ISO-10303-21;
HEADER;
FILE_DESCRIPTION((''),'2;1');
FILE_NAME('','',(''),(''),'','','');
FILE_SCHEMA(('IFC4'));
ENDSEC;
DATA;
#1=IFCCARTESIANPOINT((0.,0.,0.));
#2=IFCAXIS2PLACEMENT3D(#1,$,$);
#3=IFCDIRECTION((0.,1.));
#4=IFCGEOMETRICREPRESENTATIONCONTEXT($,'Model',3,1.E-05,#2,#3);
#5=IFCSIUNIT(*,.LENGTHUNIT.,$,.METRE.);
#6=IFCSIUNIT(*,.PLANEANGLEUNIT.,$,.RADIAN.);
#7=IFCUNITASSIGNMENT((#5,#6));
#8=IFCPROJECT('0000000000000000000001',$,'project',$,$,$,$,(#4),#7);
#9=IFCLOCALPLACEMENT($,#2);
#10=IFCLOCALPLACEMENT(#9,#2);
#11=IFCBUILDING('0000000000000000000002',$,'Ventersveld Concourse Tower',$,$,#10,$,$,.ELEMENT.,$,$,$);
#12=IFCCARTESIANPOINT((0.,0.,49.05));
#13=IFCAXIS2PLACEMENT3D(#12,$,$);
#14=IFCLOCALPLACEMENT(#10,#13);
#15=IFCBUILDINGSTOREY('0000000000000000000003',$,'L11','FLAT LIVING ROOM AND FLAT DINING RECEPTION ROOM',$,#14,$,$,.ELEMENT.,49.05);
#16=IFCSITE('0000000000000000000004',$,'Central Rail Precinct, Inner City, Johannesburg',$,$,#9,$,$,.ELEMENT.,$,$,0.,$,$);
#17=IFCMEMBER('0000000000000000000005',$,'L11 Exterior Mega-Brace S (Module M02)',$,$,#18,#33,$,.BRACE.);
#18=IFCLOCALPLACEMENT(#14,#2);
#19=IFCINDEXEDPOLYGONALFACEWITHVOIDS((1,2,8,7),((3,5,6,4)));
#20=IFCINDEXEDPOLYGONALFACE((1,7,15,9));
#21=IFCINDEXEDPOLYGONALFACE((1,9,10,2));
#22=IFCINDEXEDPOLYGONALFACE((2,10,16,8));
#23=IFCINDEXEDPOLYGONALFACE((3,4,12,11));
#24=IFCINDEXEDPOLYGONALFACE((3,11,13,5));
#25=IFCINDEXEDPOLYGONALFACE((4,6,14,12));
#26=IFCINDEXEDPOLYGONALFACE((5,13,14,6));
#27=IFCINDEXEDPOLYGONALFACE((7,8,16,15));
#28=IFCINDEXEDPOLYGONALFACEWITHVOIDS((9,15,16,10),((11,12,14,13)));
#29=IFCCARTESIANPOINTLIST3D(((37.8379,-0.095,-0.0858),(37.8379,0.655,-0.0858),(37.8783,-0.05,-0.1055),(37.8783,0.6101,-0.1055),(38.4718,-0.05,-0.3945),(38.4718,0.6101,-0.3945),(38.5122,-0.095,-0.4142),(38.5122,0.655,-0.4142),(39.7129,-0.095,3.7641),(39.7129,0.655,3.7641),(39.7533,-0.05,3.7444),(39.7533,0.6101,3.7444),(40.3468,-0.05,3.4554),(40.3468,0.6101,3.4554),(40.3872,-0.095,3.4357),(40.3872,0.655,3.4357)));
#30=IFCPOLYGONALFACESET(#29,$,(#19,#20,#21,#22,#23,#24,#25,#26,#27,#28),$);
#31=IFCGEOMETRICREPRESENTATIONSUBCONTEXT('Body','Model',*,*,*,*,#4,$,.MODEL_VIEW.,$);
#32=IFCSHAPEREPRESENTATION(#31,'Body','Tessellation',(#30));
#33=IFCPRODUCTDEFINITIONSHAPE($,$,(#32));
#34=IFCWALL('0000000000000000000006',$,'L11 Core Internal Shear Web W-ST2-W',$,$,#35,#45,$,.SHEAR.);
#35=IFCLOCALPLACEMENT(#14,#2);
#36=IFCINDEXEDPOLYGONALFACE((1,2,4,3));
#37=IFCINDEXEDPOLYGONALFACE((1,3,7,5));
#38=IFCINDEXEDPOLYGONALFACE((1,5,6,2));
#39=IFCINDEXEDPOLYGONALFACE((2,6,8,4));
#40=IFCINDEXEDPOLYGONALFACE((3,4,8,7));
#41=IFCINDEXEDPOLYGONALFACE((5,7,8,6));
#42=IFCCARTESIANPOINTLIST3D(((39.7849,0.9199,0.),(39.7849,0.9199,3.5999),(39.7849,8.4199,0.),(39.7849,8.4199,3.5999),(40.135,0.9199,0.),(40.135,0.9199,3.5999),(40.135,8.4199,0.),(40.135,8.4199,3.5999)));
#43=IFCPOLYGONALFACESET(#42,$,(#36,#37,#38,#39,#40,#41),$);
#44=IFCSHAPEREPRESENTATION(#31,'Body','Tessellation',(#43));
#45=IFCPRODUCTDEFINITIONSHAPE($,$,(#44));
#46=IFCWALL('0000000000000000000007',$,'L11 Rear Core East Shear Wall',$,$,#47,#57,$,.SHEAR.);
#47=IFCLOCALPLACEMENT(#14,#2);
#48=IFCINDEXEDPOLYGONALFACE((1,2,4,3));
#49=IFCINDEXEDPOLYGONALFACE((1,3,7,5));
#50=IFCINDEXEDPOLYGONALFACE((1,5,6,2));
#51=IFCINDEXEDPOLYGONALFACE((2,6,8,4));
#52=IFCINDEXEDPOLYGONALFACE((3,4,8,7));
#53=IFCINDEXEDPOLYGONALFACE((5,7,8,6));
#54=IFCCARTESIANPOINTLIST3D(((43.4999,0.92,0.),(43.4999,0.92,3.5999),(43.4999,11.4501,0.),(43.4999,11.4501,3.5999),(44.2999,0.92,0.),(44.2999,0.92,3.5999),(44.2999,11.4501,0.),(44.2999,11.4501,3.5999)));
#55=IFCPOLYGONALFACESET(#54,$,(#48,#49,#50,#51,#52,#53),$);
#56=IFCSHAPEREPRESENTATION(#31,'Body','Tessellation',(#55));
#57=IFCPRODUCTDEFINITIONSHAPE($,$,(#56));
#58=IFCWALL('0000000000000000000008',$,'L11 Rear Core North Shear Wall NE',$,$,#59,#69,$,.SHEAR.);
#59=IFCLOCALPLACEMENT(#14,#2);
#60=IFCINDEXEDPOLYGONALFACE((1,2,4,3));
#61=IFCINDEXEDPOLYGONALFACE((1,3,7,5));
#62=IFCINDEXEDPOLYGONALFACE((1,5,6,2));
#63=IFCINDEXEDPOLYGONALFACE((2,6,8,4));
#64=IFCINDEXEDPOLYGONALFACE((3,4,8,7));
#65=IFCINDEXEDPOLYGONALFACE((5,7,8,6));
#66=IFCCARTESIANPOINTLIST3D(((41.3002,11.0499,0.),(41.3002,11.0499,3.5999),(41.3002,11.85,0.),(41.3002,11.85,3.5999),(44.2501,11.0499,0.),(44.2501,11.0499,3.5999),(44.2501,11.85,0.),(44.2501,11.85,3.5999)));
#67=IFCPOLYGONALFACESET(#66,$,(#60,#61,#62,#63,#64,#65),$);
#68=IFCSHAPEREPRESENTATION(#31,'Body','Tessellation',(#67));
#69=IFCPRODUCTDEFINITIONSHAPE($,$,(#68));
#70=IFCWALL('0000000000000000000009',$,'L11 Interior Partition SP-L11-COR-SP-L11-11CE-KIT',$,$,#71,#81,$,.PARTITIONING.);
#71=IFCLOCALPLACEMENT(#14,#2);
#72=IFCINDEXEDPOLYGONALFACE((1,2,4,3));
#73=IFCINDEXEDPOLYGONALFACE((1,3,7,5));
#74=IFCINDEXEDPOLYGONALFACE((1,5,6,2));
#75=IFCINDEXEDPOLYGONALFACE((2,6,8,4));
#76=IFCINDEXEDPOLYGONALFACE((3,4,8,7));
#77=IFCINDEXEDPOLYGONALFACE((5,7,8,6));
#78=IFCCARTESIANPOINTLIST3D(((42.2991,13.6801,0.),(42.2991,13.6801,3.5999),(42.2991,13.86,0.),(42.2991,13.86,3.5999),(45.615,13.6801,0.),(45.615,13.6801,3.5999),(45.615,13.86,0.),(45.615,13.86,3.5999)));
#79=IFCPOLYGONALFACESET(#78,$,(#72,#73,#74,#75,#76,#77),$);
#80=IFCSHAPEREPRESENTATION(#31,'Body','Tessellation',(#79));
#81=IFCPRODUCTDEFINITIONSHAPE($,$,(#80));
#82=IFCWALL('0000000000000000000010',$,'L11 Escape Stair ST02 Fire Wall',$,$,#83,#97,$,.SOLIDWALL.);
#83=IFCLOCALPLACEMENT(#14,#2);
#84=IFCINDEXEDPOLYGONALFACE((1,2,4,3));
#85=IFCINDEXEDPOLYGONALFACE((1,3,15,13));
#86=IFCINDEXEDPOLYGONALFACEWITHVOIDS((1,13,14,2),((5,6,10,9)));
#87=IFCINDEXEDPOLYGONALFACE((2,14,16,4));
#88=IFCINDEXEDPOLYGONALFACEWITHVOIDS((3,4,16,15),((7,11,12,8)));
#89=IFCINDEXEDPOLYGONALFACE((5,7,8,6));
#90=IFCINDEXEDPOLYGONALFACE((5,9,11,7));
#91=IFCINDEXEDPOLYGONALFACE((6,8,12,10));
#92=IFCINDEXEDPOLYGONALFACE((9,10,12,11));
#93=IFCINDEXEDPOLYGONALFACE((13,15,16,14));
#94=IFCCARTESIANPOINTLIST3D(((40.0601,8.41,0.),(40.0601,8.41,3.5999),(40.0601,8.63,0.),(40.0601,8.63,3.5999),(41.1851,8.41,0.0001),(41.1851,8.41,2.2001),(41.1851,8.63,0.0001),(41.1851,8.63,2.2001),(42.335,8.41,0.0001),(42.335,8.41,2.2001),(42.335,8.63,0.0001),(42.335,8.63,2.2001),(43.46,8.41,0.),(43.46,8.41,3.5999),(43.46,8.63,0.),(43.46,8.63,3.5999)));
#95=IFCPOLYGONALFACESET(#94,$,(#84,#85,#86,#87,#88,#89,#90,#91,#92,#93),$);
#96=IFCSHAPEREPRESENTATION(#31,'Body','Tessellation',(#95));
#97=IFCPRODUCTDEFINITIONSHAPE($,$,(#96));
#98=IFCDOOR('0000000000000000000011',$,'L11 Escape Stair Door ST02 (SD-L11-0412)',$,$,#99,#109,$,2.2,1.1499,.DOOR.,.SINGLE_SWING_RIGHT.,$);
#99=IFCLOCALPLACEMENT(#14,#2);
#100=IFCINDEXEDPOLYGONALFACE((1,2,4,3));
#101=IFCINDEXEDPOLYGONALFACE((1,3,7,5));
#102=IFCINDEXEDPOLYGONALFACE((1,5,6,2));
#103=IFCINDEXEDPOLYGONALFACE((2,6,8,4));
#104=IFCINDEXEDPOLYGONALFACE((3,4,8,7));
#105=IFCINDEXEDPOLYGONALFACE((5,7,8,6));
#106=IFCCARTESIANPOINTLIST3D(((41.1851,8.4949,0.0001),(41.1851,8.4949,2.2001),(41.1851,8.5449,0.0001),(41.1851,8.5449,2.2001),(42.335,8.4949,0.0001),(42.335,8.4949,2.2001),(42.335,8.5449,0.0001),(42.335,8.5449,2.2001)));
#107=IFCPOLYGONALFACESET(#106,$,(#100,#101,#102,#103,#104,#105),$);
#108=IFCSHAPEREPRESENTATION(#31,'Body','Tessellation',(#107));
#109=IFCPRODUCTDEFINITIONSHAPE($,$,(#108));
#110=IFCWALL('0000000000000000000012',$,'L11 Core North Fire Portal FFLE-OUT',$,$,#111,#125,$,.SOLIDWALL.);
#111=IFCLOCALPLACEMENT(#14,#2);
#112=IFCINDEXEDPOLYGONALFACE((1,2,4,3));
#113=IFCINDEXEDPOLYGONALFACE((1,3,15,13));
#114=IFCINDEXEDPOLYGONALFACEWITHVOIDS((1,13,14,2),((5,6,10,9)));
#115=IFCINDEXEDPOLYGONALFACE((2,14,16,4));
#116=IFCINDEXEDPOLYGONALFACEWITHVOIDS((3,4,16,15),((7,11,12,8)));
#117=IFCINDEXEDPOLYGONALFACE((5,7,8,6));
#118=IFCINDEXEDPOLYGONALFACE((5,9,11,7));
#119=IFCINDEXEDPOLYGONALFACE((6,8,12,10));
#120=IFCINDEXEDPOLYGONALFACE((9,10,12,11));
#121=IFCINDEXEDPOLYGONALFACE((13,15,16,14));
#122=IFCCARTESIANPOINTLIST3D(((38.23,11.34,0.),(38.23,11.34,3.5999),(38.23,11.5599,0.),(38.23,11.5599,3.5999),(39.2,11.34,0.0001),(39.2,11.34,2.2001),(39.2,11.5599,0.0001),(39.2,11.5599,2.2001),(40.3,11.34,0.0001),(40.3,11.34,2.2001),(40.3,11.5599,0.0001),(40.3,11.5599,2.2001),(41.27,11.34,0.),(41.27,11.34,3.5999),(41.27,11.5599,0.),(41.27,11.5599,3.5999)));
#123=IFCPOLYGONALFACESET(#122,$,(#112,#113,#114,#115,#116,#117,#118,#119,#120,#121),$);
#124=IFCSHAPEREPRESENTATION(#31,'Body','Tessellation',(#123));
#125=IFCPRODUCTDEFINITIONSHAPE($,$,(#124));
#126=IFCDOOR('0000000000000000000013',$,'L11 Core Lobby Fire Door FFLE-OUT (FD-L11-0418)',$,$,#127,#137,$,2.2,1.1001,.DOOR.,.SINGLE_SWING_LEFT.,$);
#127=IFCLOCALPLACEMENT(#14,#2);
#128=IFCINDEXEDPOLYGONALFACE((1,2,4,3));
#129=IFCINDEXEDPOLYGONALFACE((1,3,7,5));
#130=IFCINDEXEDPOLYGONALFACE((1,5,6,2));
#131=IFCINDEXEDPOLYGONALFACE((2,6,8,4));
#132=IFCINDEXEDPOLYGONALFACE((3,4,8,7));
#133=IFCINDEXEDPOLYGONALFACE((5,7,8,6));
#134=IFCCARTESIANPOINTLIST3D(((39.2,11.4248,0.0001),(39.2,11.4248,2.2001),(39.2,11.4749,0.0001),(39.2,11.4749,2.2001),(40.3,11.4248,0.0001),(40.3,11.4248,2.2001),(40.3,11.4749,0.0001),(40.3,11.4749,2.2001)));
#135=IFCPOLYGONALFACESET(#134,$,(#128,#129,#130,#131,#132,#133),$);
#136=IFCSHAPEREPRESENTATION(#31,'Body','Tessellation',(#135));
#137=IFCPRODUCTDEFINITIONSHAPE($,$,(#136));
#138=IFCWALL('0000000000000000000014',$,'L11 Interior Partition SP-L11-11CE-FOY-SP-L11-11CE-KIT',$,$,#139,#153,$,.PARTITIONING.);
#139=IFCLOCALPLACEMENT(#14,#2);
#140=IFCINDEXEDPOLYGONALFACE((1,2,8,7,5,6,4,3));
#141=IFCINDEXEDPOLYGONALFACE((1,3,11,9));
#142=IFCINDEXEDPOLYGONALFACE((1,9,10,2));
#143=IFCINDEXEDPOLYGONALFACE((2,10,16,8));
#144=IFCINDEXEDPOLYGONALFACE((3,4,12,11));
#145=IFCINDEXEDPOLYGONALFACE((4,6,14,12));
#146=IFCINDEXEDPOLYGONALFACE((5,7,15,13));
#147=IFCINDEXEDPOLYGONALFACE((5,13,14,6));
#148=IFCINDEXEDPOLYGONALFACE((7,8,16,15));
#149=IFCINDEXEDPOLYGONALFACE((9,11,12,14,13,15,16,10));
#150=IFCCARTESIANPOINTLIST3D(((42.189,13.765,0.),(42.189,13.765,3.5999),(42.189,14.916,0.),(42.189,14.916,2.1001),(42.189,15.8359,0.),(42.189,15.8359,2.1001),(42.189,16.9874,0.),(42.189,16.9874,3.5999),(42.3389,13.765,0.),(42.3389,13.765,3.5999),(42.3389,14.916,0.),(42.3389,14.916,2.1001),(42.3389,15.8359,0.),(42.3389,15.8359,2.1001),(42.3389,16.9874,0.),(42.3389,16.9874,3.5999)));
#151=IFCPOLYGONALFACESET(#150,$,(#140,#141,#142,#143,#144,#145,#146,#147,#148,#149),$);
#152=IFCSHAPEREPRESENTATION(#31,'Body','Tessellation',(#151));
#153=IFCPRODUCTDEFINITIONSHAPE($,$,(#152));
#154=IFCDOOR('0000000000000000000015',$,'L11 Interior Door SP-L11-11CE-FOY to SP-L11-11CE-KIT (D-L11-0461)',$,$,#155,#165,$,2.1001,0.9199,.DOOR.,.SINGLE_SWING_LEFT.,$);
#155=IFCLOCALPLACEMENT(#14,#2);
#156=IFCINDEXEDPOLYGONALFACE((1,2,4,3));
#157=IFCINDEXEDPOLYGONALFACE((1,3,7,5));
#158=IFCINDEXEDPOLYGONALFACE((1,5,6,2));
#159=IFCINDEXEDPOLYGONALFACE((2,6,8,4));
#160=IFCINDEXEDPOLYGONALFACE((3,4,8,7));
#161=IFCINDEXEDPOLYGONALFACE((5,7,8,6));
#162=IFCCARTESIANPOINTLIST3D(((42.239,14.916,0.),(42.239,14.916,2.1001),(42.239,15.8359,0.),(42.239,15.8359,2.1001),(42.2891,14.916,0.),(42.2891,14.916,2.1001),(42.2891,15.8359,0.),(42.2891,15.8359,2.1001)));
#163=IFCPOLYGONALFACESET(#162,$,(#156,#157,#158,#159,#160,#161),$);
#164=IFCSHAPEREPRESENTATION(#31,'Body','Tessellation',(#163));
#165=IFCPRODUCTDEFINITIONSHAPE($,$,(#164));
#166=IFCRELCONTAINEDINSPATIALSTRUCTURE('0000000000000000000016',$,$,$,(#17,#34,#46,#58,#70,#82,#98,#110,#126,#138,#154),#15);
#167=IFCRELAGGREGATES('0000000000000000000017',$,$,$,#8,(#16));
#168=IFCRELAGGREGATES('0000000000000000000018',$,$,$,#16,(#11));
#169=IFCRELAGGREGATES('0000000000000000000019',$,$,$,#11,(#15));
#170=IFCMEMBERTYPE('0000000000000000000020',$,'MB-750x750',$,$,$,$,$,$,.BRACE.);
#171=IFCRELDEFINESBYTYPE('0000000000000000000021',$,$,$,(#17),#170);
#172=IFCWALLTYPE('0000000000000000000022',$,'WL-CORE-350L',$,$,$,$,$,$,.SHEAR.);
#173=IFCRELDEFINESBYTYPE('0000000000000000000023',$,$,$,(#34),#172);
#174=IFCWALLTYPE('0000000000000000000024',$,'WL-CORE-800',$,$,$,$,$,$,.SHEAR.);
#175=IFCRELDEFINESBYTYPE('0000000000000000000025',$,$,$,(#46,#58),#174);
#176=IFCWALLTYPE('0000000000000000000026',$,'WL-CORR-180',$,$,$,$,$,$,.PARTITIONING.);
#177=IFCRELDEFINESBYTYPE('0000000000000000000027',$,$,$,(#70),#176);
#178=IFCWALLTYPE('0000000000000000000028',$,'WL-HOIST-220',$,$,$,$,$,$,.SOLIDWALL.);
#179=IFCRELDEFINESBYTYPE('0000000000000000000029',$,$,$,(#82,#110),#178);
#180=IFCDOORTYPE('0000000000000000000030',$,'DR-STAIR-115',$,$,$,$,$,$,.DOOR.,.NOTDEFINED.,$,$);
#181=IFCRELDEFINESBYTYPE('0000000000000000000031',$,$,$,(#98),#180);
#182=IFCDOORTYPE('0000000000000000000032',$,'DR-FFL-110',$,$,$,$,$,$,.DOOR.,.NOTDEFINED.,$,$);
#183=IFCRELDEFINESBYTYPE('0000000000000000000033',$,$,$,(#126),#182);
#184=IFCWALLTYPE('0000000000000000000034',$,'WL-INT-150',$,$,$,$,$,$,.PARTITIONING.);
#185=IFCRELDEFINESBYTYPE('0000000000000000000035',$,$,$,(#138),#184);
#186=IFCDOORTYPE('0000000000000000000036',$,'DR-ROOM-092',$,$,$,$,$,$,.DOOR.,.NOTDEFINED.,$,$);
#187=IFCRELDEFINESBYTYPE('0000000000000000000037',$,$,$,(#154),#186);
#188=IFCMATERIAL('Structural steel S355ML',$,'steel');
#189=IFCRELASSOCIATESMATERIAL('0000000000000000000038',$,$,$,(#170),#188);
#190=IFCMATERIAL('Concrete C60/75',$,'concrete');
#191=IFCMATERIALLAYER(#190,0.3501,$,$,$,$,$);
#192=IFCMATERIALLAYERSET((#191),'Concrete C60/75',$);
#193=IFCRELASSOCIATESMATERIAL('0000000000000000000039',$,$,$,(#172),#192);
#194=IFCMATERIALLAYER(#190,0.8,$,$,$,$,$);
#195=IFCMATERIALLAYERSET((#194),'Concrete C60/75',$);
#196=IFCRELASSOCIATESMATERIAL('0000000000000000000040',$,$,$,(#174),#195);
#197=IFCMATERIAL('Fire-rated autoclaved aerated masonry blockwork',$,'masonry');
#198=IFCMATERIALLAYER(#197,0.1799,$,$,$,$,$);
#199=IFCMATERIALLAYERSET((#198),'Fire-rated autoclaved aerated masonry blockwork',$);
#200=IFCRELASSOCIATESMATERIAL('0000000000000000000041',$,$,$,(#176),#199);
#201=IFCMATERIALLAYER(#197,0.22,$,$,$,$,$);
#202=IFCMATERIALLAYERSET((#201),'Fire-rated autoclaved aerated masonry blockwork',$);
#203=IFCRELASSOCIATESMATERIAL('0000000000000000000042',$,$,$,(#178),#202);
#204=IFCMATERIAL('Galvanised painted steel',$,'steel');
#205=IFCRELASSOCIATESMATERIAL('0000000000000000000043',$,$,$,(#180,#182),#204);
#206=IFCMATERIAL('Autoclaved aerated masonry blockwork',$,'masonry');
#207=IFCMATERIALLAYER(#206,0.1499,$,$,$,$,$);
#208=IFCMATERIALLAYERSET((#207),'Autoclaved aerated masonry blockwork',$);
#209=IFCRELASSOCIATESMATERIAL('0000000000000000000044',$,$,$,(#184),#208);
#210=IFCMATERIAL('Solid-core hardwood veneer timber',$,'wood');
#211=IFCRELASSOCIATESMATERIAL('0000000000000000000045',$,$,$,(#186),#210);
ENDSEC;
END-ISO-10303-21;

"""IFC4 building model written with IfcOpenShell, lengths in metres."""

from ifc_helpers import new_model, si_unit, direction, frame, frame_2d, origin, origin_2d, place, context, subcontext, project, spatial, rectangle, hollow_rectangle, extrude, material, layer, layer_set, material_profile, profile_set, type_object, element, fill, save


model = new_model("IFC4")

# Units and contexts
model_context = context("Model", 3, precision=1e-05, world=origin(), true_north=direction((0.0, 1.0)))
body_context = subcontext(model_context, "Body", "Model", "MODEL_VIEW")
ifc_project = project(units=[si_unit("LENGTHUNIT", "METRE"), si_unit("PLANEANGLEUNIT", "RADIAN")], contexts=[model_context])

# Site, building, storey
site_placement = place(None, origin())
site = spatial("IfcSite", under=ifc_project, at=site_placement, Name="Central Rail Precinct, Inner City, Johannesburg", CompositionType="ELEMENT", RefElevation=0.0)
building_placement = place(site_placement, origin())
building = spatial("IfcBuilding", under=site, at=building_placement, Name="Ventersveld Concourse Tower", CompositionType="ELEMENT")
storey_placement = place(building_placement, frame((0.0, 0.0, 49.05)))
storey = spatial("IfcBuildingStorey", under=building, at=storey_placement, Name="L11", Description="FLAT LIVING ROOM AND FLAT DINING RECEPTION ROOM", CompositionType="ELEMENT", Elevation=49.05)

# Shared definitions
ifc_material_1 = material(Name="Concrete C60/75", Category="concrete")

# Member
ifc_material_2 = material(Name="Structural steel S355ML", Category="steel")
ifc_material_profile_1 = material_profile(ifc_material_2, hollow_rectangle(XDim=0.75, YDim=0.75, WallThickness=0.0449, at=origin_2d()), Name="BOX 750x750x45")
ifc_profile_set_1 = profile_set([ifc_material_profile_1], Name="Structural steel S355ML")
member_type = type_object("IfcMemberType", Name="MB-750x750", PredefinedType="BRACE", material=ifc_profile_set_1)
member_placement = place(storey_placement, frame((38.175, 0.28, -0.25), z_axis=(0.437862, 0.0, 0.899042), x_axis=(0.0, 1.0, 0.0)))
element("IfcMember", 1, at=member_placement, inside=storey, type_object=member_type, Name="L11 Exterior Mega-Brace S (Module M02)", PredefinedType="BRACE", context=body_context, shape_type="SweptSolid", body=[
    extrude(hollow_rectangle(XDim=0.75, YDim=0.75, WallThickness=0.0449, at=origin_2d()), origin(), (0.0, 0.0, 1.0), 4.2822),
])

# Walls
ifc_layer_1 = layer(ifc_material_1, 0.3501)
ifc_layer_set_1 = layer_set([ifc_layer_1], Name="Concrete C60/75")
wall_type_1 = type_object("IfcWallType", Name="WL-CORE-350L", PredefinedType="SHEAR", material=ifc_layer_set_1)
wall_1_placement = place(storey_placement, frame((39.96, 0.9199, 0.0), z_axis=(0.0, 0.0, 1.0), x_axis=(0.0, 1.0, 0.0)))
element("IfcWall", 2, at=wall_1_placement, inside=storey, type_object=wall_type_1, Name="L11 Core Internal Shear Web W-ST2-W", PredefinedType="SHEAR", context=body_context, shape_type="SweptSolid", body=[
    extrude(rectangle(XDim=7.5, YDim=0.3501, at=frame_2d((3.75, 0.0))), origin(), (0.0, 0.0, 1.0), 3.5999),
])
ifc_layer_2 = layer(ifc_material_1, 0.8)
ifc_layer_set_2 = layer_set([ifc_layer_2], Name="Concrete C60/75")
wall_type_2 = type_object("IfcWallType", Name="WL-CORE-800", PredefinedType="SHEAR", material=ifc_layer_set_2)
wall_2_placement = place(storey_placement, frame((43.8999, 0.9199, 0.0), z_axis=(0.0, 0.0, 1.0), x_axis=(0.0, 1.0, 0.0)))
element("IfcWall", 3, at=wall_2_placement, inside=storey, type_object=wall_type_2, Name="L11 Rear Core East Shear Wall", PredefinedType="SHEAR", context=body_context, shape_type="SweptSolid", body=[
    extrude(rectangle(XDim=10.53, YDim=0.8, at=frame_2d((5.2651, 0.0))), origin(), (0.0, 0.0, 1.0), 3.5999),
])
wall_3_placement = place(storey_placement, frame((41.3, 11.45, 0.0), z_axis=(0.0, 0.0, 1.0), x_axis=(1.0, 0.0, 0.0)))
element("IfcWall", 4, at=wall_3_placement, inside=storey, type_object=wall_type_2, Name="L11 Rear Core North Shear Wall NE", PredefinedType="SHEAR", context=body_context, shape_type="SweptSolid", body=[
    extrude(rectangle(XDim=2.95, YDim=0.8, at=frame_2d((1.4751, 0.0))), origin(), (0.0, 0.0, 1.0), 3.5999),
])
ifc_material_3 = material(Name="Fire-rated autoclaved aerated masonry blockwork", Category="masonry")
ifc_layer_3 = layer(ifc_material_3, 0.1799)
ifc_layer_set_3 = layer_set([ifc_layer_3], Name="Fire-rated autoclaved aerated masonry blockwork")
wall_type_3 = type_object("IfcWallType", Name="WL-CORR-180", PredefinedType="PARTITIONING", material=ifc_layer_set_3)
wall_4_placement = place(storey_placement, frame((42.2991, 13.77, 0.0), z_axis=(0.0, 0.0, 1.0), x_axis=(1.0, 0.0, 0.0)))
element("IfcWall", 5, at=wall_4_placement, inside=storey, type_object=wall_type_3, Name="L11 Interior Partition SP-L11-COR-SP-L11-11CE-KIT", PredefinedType="PARTITIONING", context=body_context, shape_type="SweptSolid", body=[
    extrude(rectangle(XDim=3.3159, YDim=0.1799, at=frame_2d((1.658, 0.0))), origin(), (0.0, 0.0, 1.0), 3.5999),
])

# Walls, openings, doors
ifc_layer_4 = layer(ifc_material_3, 0.22)
ifc_layer_set_4 = layer_set([ifc_layer_4], Name="Fire-rated autoclaved aerated masonry blockwork")
wall_type_4 = type_object("IfcWallType", Name="WL-HOIST-220", PredefinedType="SOLIDWALL", material=ifc_layer_set_4)
wall_5_placement = place(storey_placement, frame((40.0601, 8.52, 0.0), z_axis=(0.0, 0.0, 1.0), x_axis=(1.0, 0.0, 0.0)))
wall_5 = element("IfcWall", 6, at=wall_5_placement, inside=storey, type_object=wall_type_4, Name="L11 Escape Stair ST02 Fire Wall", PredefinedType="SOLIDWALL", context=body_context, shape_type="SweptSolid", body=[
    extrude(rectangle(XDim=3.3999, YDim=0.22, at=frame_2d((1.7, 0.0))), origin(), (0.0, 0.0, 1.0), 3.5999),
])
opening_1_placement = place(wall_5_placement, frame((1.125, 0.0, 0.0)))
opening_1 = element("IfcOpeningElement", 7, at=opening_1_placement, cuts=wall_5, PredefinedType="OPENING", context=body_context, shape_type="SweptSolid", body=[
    extrude(rectangle(XDim=1.1499, YDim=2.2, at=frame_2d((0.575, 1.1001))), frame((0.0, 0.1201, 0.0), z_axis=(0.0, -1.0, 0.0), x_axis=(1.0, 0.0, 0.0)), (0.0, 0.0, 1.0), 0.24),
])
ifc_material_4 = material(Name="Galvanised painted steel", Category="steel")
door_type_1 = type_object("IfcDoorType", Name="DR-STAIR-115", OperationType="NOTDEFINED", PredefinedType="DOOR", material=ifc_material_4)
door_1_placement = place(opening_1_placement, origin())
door_1 = element("IfcDoor", 8, at=door_1_placement, inside=storey, type_object=door_type_1, Name="L11 Escape Stair Door ST02 (SD-L11-0412)", OperationType="SINGLE_SWING_RIGHT", OverallHeight=2.2, OverallWidth=1.1499, PredefinedType="DOOR", context=body_context, shape_type="SweptSolid", body=[
    extrude(rectangle(XDim=1.1499, YDim=2.2, at=frame_2d((0.575, 1.1001))), frame((0.0, 0.0249, 0.0), z_axis=(0.0, -1.0, 0.0), x_axis=(1.0, 0.0, 0.0)), (0.0, 0.0, 1.0), 0.05),
])
fill(opening_1, door_1)
wall_6_placement = place(storey_placement, frame((38.23, 11.45, 0.0), z_axis=(0.0, 0.0, 1.0), x_axis=(1.0, 0.0, 0.0)))
wall_6 = element("IfcWall", 9, at=wall_6_placement, inside=storey, type_object=wall_type_4, Name="L11 Core North Fire Portal FFLE-OUT", PredefinedType="SOLIDWALL", context=body_context, shape_type="SweptSolid", body=[
    extrude(rectangle(XDim=3.04, YDim=0.22, at=frame_2d((1.52, 0.0))), origin(), (0.0, 0.0, 1.0), 3.5999),
])
opening_2_placement = place(wall_6_placement, frame((0.97, 0.0, 0.0)))
opening_2 = element("IfcOpeningElement", 10, at=opening_2_placement, cuts=wall_6, PredefinedType="OPENING", context=body_context, shape_type="SweptSolid", body=[
    extrude(rectangle(XDim=1.1001, YDim=2.2, at=frame_2d((0.55, 1.1001))), frame((0.0, 0.1201, 0.0), z_axis=(0.0, -1.0, 0.0), x_axis=(1.0, 0.0, 0.0)), (0.0, 0.0, 1.0), 0.24),
])
door_type_2 = type_object("IfcDoorType", Name="DR-FFL-110", OperationType="NOTDEFINED", PredefinedType="DOOR", material=ifc_material_4)
door_2_placement = place(opening_2_placement, origin())
door_2 = element("IfcDoor", 11, at=door_2_placement, inside=storey, type_object=door_type_2, Name="L11 Core Lobby Fire Door FFLE-OUT (FD-L11-0418)", OperationType="SINGLE_SWING_LEFT", OverallHeight=2.2, OverallWidth=1.1001, PredefinedType="DOOR", context=body_context, shape_type="SweptSolid", body=[
    extrude(rectangle(XDim=1.1001, YDim=2.2, at=frame_2d((0.55, 1.1001))), frame((0.0, 0.0249, 0.0), z_axis=(0.0, -1.0, 0.0), x_axis=(1.0, 0.0, 0.0)), (0.0, 0.0, 1.0), 0.05),
])
fill(opening_2, door_2)
ifc_material_5 = material(Name="Autoclaved aerated masonry blockwork", Category="masonry")
ifc_layer_5 = layer(ifc_material_5, 0.1499)
ifc_layer_set_5 = layer_set([ifc_layer_5], Name="Autoclaved aerated masonry blockwork")
wall_type_5 = type_object("IfcWallType", Name="WL-INT-150", PredefinedType="PARTITIONING", material=ifc_layer_set_5)
wall_7_placement = place(storey_placement, frame((42.2639, 13.7649, 0.0), z_axis=(0.0, 0.0, 1.0), x_axis=(0.0, 1.0, 0.0)))
wall_7 = element("IfcWall", 12, at=wall_7_placement, inside=storey, type_object=wall_type_5, Name="L11 Interior Partition SP-L11-11CE-FOY-SP-L11-11CE-KIT", PredefinedType="PARTITIONING", context=body_context, shape_type="SweptSolid", body=[
    extrude(rectangle(XDim=3.2224, YDim=0.1499, at=frame_2d((1.6113, 0.0))), origin(), (0.0, 0.0, 1.0), 3.5999),
])
opening_3_placement = place(wall_7_placement, frame((1.1511, 0.0, 0.0)))
opening_3 = element("IfcOpeningElement", 13, at=opening_3_placement, cuts=wall_7, PredefinedType="OPENING", context=body_context, shape_type="SweptSolid", body=[
    extrude(rectangle(XDim=0.9199, YDim=2.1001, at=frame_2d((0.46, 1.05))), frame((0.0, 0.085, 0.0), z_axis=(0.0, -1.0, 0.0), x_axis=(1.0, 0.0, 0.0)), (0.0, 0.0, 1.0), 0.1699),
])
ifc_material_6 = material(Name="Solid-core hardwood veneer timber", Category="wood")
door_type_3 = type_object("IfcDoorType", Name="DR-ROOM-092", OperationType="NOTDEFINED", PredefinedType="DOOR", material=ifc_material_6)
door_3_placement = place(opening_3_placement, origin())
door_3 = element("IfcDoor", 14, at=door_3_placement, inside=storey, type_object=door_type_3, Name="L11 Interior Door SP-L11-11CE-FOY to SP-L11-11CE-KIT (D-L11-0461)", OperationType="SINGLE_SWING_LEFT", OverallHeight=2.1001, OverallWidth=0.9199, PredefinedType="DOOR", context=body_context, shape_type="SweptSolid", body=[
    extrude(rectangle(XDim=0.9199, YDim=2.1001, at=frame_2d((0.46, 1.05))), frame((0.0, 0.0249, 0.0), z_axis=(0.0, -1.0, 0.0), x_axis=(1.0, 0.0, 0.0)), (0.0, 0.0, 1.0), 0.05),
])
fill(opening_3, door_3)

save(model, "model.ifc")
